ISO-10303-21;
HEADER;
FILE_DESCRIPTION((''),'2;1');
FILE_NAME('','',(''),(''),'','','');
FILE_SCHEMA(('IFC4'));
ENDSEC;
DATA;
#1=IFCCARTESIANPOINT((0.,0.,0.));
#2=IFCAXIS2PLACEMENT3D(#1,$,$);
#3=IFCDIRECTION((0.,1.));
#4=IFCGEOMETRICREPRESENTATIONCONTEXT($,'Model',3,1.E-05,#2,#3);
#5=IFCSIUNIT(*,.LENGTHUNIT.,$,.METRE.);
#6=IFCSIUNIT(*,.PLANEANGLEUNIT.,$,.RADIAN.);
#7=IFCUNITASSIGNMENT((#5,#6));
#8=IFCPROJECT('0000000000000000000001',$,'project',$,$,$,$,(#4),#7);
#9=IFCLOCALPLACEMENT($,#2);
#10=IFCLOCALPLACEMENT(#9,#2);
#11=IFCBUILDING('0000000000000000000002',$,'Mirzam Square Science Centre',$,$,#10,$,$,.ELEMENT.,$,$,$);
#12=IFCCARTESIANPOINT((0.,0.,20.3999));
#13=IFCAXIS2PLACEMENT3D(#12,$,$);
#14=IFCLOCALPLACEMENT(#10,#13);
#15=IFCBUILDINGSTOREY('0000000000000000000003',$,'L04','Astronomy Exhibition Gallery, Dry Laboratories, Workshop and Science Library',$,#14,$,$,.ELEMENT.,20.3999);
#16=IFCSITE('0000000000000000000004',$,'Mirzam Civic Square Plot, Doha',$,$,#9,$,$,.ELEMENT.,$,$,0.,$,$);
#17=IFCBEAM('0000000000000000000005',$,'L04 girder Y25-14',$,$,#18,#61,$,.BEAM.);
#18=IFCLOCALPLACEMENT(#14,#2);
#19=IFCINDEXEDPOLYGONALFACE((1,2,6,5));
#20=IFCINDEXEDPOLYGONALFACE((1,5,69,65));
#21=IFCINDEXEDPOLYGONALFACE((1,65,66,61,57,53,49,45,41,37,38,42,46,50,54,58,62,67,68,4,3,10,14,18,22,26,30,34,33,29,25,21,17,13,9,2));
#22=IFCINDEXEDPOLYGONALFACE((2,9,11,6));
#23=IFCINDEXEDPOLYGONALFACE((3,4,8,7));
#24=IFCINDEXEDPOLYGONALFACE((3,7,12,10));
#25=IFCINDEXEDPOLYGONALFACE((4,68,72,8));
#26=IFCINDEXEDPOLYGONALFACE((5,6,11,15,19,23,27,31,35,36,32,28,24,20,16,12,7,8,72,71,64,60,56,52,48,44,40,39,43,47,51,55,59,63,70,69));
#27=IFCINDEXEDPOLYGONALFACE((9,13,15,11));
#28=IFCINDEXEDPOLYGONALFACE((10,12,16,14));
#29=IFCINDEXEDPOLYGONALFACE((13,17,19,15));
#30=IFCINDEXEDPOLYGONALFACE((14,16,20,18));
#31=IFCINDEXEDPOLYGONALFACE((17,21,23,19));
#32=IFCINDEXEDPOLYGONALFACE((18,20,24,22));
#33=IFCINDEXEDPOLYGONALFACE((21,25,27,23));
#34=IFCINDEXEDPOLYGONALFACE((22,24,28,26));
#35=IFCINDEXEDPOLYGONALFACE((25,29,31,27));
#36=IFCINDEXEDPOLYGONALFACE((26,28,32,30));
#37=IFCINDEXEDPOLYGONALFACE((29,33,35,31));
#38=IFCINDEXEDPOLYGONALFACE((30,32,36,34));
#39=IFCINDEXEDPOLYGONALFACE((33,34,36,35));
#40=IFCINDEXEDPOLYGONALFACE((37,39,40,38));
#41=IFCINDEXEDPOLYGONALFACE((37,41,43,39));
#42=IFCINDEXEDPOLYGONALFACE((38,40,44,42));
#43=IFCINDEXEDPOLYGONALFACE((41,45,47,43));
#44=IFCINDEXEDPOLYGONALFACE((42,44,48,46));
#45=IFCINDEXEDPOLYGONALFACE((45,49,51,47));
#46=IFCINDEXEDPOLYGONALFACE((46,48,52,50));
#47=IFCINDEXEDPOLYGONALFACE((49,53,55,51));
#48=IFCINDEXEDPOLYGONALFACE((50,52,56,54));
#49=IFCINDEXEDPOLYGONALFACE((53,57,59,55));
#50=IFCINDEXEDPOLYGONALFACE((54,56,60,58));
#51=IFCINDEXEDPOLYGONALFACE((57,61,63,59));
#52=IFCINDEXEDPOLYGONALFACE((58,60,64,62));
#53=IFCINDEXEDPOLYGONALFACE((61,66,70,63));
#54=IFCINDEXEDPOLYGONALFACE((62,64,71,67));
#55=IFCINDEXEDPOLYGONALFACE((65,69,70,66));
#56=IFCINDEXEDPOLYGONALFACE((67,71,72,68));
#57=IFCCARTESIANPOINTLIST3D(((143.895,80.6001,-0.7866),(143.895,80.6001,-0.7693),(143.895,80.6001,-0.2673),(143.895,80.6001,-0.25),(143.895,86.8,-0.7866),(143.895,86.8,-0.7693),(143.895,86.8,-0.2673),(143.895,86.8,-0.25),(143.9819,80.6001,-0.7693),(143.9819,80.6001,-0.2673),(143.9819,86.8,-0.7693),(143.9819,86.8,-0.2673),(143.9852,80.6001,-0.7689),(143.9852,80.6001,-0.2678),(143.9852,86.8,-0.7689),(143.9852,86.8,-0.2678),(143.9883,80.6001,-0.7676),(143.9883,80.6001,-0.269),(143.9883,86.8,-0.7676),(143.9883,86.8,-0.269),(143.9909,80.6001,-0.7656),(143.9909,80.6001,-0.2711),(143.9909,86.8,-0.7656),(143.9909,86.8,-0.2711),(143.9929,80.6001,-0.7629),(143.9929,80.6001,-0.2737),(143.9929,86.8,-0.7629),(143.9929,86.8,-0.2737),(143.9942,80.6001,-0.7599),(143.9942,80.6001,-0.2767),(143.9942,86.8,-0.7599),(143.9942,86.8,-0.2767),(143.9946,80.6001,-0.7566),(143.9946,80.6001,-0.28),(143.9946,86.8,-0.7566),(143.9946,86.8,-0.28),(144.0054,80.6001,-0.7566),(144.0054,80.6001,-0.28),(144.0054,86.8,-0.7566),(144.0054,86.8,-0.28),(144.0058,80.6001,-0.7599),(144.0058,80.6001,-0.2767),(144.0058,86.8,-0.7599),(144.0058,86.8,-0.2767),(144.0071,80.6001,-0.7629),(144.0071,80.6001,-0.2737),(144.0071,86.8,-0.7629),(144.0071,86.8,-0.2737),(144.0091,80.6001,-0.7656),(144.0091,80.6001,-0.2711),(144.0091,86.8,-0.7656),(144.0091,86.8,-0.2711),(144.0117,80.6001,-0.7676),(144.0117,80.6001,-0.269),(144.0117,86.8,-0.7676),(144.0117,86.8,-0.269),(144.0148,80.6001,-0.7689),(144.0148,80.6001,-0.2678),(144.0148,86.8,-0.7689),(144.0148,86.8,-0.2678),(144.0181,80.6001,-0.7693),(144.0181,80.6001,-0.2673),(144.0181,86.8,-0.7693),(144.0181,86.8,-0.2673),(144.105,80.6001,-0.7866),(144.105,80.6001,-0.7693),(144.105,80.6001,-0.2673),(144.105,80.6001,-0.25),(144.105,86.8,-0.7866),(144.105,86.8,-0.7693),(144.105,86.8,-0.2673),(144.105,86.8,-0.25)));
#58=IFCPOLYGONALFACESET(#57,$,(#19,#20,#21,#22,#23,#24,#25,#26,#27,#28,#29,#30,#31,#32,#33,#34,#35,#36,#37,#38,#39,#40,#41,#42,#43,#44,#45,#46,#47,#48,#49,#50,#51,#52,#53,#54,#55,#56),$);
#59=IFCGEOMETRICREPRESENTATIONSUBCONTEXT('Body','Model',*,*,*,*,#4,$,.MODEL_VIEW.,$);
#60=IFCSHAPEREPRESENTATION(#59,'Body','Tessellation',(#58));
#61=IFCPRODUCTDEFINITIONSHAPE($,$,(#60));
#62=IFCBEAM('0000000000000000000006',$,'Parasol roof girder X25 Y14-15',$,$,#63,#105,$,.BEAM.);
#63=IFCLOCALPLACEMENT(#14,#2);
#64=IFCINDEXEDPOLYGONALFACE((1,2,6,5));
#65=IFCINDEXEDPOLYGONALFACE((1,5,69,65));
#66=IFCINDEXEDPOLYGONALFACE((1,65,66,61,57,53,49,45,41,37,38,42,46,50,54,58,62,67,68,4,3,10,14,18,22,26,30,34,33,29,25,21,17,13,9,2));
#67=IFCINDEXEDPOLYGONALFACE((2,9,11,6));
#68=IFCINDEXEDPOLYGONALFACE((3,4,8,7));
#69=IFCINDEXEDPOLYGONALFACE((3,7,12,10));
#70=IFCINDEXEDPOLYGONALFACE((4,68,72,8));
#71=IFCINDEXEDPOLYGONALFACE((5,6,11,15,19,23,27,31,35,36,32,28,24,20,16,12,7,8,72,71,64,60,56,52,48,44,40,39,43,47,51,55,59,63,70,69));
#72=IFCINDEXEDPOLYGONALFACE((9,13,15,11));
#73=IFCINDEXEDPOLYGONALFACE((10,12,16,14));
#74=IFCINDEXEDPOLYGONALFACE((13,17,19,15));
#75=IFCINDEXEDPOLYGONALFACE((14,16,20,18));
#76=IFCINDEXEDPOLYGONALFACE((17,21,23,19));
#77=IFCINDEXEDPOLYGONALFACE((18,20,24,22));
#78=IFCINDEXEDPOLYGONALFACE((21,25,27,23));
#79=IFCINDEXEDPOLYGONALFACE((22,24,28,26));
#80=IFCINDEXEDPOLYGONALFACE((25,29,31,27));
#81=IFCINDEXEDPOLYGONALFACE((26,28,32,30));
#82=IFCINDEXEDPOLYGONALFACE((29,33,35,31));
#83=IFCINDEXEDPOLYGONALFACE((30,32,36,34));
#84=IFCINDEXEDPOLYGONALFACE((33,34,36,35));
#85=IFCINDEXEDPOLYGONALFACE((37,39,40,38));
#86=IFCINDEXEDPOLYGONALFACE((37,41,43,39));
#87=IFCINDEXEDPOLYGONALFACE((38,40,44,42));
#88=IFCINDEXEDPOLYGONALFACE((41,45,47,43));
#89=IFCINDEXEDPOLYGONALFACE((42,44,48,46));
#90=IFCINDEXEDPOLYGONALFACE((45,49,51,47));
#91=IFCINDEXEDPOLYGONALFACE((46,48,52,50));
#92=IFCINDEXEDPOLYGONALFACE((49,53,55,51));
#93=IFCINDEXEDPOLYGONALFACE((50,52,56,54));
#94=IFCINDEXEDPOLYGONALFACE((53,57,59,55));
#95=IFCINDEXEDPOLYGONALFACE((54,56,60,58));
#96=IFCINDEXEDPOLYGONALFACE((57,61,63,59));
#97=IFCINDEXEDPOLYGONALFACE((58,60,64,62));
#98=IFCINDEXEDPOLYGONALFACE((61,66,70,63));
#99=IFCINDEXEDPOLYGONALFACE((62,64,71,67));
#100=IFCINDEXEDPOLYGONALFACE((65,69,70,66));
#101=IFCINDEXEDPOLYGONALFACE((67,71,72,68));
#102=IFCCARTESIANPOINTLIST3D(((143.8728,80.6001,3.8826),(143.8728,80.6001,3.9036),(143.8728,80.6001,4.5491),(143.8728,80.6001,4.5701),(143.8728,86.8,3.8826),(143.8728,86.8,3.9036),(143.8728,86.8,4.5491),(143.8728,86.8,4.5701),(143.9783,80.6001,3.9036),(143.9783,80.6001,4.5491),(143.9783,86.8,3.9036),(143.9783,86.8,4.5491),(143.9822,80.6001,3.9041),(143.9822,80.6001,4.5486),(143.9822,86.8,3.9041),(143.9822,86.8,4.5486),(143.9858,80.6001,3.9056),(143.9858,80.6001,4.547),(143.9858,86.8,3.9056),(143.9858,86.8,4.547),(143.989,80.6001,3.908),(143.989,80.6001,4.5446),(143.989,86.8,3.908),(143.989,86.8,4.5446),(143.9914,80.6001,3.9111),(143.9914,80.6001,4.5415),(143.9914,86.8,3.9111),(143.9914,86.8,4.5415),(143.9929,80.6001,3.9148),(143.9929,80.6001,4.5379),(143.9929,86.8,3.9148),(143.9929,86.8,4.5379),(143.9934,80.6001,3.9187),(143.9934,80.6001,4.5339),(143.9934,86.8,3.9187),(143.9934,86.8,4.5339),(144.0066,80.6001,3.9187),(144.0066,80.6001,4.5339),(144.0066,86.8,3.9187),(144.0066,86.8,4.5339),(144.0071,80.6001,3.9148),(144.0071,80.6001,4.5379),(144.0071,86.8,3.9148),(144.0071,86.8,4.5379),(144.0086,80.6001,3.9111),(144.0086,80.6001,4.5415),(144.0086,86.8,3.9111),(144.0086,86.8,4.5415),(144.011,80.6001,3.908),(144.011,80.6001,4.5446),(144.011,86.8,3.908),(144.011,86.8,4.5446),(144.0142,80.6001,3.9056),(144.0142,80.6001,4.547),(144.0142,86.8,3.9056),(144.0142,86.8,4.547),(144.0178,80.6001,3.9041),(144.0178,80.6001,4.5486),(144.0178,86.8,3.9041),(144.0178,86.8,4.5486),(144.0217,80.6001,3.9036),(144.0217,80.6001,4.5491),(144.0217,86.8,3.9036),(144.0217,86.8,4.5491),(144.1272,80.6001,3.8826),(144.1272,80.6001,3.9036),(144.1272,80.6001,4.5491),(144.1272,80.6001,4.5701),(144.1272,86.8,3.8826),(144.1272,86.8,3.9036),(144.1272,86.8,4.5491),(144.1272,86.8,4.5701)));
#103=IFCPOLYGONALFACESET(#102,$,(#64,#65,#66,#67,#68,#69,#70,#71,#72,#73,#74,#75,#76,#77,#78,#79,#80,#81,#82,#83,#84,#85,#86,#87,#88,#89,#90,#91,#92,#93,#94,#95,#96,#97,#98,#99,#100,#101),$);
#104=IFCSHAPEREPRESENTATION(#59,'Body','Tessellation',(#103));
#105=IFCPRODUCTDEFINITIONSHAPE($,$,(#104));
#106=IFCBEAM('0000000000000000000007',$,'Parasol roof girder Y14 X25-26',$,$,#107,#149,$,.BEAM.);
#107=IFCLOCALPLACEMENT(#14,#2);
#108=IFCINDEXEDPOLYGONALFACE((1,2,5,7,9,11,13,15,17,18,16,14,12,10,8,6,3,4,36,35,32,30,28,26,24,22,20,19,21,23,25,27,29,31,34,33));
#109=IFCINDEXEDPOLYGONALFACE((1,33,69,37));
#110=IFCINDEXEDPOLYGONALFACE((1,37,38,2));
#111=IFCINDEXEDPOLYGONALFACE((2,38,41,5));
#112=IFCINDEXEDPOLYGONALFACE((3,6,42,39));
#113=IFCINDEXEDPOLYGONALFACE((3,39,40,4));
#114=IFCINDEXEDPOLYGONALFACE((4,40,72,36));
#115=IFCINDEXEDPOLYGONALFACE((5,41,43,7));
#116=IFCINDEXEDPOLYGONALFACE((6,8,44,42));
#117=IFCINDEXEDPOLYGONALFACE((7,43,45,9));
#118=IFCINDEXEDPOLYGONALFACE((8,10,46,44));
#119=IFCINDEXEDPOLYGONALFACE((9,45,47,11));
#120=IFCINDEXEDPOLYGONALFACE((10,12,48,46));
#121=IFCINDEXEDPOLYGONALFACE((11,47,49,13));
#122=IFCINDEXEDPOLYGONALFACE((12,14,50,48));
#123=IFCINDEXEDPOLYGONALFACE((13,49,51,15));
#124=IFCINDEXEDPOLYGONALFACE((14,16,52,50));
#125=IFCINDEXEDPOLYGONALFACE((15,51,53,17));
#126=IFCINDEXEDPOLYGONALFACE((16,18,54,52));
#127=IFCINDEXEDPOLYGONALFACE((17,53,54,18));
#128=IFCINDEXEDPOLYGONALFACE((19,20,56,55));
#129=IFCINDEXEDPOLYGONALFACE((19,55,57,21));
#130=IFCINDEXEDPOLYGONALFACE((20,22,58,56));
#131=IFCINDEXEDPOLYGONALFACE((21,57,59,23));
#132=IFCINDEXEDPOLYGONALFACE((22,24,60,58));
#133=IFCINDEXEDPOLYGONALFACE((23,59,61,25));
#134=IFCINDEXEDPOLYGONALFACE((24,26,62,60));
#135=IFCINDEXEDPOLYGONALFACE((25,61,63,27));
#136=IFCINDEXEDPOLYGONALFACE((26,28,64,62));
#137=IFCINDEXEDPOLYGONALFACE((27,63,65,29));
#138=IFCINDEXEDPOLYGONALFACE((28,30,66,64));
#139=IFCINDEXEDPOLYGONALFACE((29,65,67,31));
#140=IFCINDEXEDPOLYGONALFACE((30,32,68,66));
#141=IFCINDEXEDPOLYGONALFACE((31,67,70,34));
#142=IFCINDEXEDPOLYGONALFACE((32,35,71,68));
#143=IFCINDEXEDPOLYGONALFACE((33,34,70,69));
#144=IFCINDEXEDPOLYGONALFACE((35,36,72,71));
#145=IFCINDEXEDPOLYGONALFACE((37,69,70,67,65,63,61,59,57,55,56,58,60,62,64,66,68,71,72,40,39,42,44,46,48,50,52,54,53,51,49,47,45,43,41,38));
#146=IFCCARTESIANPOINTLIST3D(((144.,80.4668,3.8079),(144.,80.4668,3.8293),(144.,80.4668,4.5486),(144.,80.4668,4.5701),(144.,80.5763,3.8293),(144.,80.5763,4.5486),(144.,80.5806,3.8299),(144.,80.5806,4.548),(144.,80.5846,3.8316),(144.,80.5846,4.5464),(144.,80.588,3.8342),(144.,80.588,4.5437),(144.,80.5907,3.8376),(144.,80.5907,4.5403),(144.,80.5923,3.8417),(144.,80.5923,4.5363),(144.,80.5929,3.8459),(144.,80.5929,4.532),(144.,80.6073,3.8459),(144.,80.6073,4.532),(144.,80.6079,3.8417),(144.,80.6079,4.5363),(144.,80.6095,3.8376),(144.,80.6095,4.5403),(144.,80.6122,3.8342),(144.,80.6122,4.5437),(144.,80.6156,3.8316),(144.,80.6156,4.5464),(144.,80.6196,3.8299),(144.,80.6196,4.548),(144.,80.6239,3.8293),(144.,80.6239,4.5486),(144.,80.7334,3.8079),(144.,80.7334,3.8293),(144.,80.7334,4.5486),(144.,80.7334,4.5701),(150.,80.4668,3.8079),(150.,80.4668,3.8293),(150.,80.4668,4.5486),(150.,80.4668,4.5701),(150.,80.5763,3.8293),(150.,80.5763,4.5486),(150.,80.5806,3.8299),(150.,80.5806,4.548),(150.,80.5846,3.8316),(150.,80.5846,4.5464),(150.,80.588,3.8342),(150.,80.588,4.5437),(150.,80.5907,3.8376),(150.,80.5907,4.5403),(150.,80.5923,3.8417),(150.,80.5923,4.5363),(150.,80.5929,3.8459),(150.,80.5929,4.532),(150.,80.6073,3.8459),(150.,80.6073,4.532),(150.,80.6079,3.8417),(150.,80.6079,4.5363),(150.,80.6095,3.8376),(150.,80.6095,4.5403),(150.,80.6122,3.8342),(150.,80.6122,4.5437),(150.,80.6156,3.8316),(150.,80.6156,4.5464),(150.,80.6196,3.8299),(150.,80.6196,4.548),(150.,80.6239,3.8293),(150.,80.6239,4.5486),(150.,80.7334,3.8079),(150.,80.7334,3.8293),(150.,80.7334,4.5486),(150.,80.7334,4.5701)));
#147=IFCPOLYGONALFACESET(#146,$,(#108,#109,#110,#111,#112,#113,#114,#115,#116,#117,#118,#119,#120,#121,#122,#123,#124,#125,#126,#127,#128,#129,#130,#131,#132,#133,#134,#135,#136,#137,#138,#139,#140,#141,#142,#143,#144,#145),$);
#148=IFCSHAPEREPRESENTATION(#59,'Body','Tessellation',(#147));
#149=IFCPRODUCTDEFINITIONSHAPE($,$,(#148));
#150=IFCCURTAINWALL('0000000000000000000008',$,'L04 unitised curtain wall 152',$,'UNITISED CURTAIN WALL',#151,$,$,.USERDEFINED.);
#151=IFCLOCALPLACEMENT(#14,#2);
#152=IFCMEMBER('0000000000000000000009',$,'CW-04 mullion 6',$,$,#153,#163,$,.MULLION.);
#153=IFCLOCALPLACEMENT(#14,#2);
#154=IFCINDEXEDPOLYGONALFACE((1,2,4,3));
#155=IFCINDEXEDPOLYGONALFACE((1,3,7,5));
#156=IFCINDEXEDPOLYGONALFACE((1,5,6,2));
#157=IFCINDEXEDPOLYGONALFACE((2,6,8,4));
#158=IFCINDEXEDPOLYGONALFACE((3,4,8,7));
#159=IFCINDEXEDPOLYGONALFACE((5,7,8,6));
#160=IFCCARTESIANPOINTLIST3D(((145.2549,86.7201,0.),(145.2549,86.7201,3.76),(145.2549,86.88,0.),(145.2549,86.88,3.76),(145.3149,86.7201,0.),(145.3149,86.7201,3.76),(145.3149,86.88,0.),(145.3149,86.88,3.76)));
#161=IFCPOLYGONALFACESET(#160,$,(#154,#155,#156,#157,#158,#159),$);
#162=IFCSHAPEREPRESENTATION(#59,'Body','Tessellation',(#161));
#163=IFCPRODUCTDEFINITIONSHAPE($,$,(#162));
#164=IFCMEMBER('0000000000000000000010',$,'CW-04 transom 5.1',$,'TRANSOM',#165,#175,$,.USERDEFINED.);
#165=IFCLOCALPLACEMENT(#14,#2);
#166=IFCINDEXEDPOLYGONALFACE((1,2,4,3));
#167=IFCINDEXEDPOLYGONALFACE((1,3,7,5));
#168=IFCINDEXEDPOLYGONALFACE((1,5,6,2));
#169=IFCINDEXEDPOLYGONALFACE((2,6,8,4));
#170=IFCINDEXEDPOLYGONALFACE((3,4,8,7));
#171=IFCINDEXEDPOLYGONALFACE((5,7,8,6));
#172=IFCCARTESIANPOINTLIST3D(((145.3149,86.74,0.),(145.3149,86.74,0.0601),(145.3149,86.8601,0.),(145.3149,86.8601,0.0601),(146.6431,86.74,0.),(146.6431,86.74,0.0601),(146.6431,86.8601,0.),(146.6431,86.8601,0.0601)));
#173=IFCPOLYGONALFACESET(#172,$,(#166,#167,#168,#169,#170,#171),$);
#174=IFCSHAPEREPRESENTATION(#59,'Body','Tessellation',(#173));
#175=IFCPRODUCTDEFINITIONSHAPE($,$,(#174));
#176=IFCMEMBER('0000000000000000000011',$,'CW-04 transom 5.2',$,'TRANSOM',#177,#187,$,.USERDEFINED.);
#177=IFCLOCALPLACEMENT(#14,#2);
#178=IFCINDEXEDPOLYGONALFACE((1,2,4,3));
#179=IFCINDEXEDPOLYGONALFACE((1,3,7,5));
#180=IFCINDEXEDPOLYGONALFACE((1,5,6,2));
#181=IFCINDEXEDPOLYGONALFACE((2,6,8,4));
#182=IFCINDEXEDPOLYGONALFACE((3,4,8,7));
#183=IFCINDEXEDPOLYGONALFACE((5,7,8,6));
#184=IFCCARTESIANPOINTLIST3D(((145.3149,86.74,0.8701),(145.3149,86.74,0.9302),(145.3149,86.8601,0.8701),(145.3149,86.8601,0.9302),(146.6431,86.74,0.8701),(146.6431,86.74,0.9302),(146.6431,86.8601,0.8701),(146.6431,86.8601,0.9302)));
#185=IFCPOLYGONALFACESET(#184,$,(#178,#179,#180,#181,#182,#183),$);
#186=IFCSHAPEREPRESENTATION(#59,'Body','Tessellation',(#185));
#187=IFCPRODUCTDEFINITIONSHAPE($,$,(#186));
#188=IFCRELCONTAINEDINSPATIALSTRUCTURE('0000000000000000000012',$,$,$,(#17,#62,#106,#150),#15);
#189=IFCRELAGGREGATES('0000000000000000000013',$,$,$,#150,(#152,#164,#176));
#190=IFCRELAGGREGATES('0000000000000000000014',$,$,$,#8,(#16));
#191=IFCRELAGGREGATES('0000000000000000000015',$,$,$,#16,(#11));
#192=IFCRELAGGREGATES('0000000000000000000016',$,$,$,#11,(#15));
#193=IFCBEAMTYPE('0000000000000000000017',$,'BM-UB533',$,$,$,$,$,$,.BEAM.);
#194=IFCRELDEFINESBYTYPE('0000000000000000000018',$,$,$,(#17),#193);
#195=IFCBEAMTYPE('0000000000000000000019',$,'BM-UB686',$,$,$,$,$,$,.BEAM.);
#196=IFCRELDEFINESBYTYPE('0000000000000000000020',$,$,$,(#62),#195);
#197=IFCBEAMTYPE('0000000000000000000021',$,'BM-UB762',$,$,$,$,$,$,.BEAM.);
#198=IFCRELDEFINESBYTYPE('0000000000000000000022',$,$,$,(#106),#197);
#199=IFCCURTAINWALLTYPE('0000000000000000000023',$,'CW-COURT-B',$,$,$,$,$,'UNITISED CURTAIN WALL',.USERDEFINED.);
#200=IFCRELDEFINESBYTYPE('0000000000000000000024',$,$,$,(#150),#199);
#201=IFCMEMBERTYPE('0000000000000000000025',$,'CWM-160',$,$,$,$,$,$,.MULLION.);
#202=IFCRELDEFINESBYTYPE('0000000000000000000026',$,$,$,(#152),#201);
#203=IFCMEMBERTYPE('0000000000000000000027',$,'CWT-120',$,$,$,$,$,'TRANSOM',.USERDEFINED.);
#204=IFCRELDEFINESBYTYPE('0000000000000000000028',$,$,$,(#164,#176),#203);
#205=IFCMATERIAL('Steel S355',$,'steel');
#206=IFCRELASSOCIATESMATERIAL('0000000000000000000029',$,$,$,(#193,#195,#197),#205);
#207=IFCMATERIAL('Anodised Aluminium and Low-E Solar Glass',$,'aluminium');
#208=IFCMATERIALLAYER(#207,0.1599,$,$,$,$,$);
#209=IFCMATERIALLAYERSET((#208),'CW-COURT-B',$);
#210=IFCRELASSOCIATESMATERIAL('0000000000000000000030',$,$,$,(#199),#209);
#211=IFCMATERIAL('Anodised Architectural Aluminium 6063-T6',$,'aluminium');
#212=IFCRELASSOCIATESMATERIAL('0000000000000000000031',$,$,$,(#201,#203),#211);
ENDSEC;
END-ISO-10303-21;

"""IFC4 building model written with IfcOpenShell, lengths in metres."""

from ifc_helpers import new_model, si_unit, direction, frame, origin, origin_2d, place, context, subcontext, project, spatial, rectangle, i_section, extrude, material, layer, layer_set, material_profile, profile_set, type_object, element, aggregate, save


model = new_model("IFC4")

# Units and contexts
model_context = context("Model", 3, precision=1e-05, world=origin(), true_north=direction((0.0, 1.0)))
body_context = subcontext(model_context, "Body", "Model", "MODEL_VIEW")
ifc_project = project(units=[si_unit("LENGTHUNIT", "METRE"), si_unit("PLANEANGLEUNIT", "RADIAN")], contexts=[model_context])

# Site, building, storey
site_placement = place(None, origin())
site = spatial("IfcSite", under=ifc_project, at=site_placement, Name="Mirzam Civic Square Plot, Doha", CompositionType="ELEMENT", RefElevation=0.0)
building_placement = place(site_placement, origin())
building = spatial("IfcBuilding", under=site, at=building_placement, Name="Mirzam Square Science Centre", CompositionType="ELEMENT")
storey_placement = place(building_placement, frame((0.0, 0.0, 20.3999)))
storey = spatial("IfcBuildingStorey", under=building, at=storey_placement, Name="L04", Description="Astronomy Exhibition Gallery, Dry Laboratories, Workshop and Science Library", CompositionType="ELEMENT", Elevation=20.3999)

# Shared definitions
ifc_material_1 = material(Name="Steel S355", Category="steel")

# Beams
ifc_material_profile_1 = material_profile(ifc_material_1, i_section(OverallWidth=0.21, OverallDepth=0.5366, WebThickness=0.0107, FlangeThickness=0.0173, FilletRadius=0.0127, at=origin_2d()), Name="533x210x101UB")
ifc_profile_set_1 = profile_set([ifc_material_profile_1], Name="Steel S355")
beam_type_1 = type_object("IfcBeamType", Name="BM-UB533", PredefinedType="BEAM", material=ifc_profile_set_1)
beam_1_placement = place(storey_placement, frame((144.0, 80.6001, -0.5183), z_axis=(0.0, 1.0, 0.0), x_axis=(-1.0, 0.0, 0.0)))
element("IfcBeam", 1, at=beam_1_placement, inside=storey, type_object=beam_type_1, Name="L04 girder Y25-14", PredefinedType="BEAM", context=body_context, shape_type="SweptSolid", body=[
    extrude(i_section(OverallWidth=0.21, OverallDepth=0.5366, WebThickness=0.0107, FlangeThickness=0.0173, FilletRadius=0.0127, at=origin_2d()), origin(), (0.0, 0.0, 1.0), 6.2),
])
ifc_material_profile_2 = material_profile(ifc_material_1, i_section(OverallWidth=0.2544, OverallDepth=0.6875, WebThickness=0.0132, FlangeThickness=0.021, FilletRadius=0.0151, at=origin_2d()), Name="686x254x152UB")
ifc_profile_set_2 = profile_set([ifc_material_profile_2], Name="Steel S355")
beam_type_2 = type_object("IfcBeamType", Name="BM-UB686", PredefinedType="BEAM", material=ifc_profile_set_2)
beam_2_placement = place(storey_placement, frame((144.0, 80.6001, 4.2263), z_axis=(0.0, 1.0, 0.0), x_axis=(-1.0, 0.0, 0.0)))
element("IfcBeam", 2, at=beam_2_placement, inside=storey, type_object=beam_type_2, Name="Parasol roof girder X25 Y14-15", PredefinedType="BEAM", context=body_context, shape_type="SweptSolid", body=[
    extrude(i_section(OverallWidth=0.2544, OverallDepth=0.6875, WebThickness=0.0132, FlangeThickness=0.021, FilletRadius=0.0151, at=origin_2d()), origin(), (0.0, 0.0, 1.0), 6.2),
])
ifc_material_profile_3 = material_profile(ifc_material_1, i_section(OverallWidth=0.2666, OverallDepth=0.7622, WebThickness=0.0144, FlangeThickness=0.0215, FilletRadius=0.0166, at=origin_2d()), Name="762x267x173UB")
ifc_profile_set_3 = profile_set([ifc_material_profile_3], Name="Steel S355")
beam_type_3 = type_object("IfcBeamType", Name="BM-UB762", PredefinedType="BEAM", material=ifc_profile_set_3)
beam_3_placement = place(storey_placement, frame((144.0, 80.6001, 4.189), z_axis=(1.0, 0.0, 0.0), x_axis=(0.0, 1.0, 0.0)))
element("IfcBeam", 3, at=beam_3_placement, inside=storey, type_object=beam_type_3, Name="Parasol roof girder Y14 X25-26", PredefinedType="BEAM", context=body_context, shape_type="SweptSolid", body=[
    extrude(i_section(OverallWidth=0.2666, OverallDepth=0.7622, WebThickness=0.0144, FlangeThickness=0.0215, FilletRadius=0.0166, at=origin_2d()), origin(), (0.0, 0.0, 1.0), 6.0),
])

# Curtain wall, members
ifc_material_2 = material(Name="Anodised Aluminium and Low-E Solar Glass", Category="aluminium")
ifc_layer_1 = layer(ifc_material_2, 0.1599)
ifc_layer_set_1 = layer_set([ifc_layer_1], Name="CW-COURT-B")
curtain_wall_type = type_object("IfcCurtainWallType", Name="CW-COURT-B", ElementType="UNITISED CURTAIN WALL", PredefinedType="USERDEFINED", material=ifc_layer_set_1)
curtain_wall_placement = place(storey_placement, origin())
curtain_wall = element("IfcCurtainWall", 4, at=curtain_wall_placement, inside=storey, type_object=curtain_wall_type, Name="L04 unitised curtain wall 152", ObjectType="UNITISED CURTAIN WALL", PredefinedType="USERDEFINED")
ifc_material_3 = material(Name="Anodised Architectural Aluminium 6063-T6", Category="aluminium")
ifc_material_profile_4 = material_profile(ifc_material_3, rectangle(XDim=0.0601, YDim=0.1599, at=origin_2d()), Name="ALU-MULL-160x60x4")
ifc_profile_set_4 = profile_set([ifc_material_profile_4], Name="Anodised Architectural Aluminium 6063-T6")
member_type_1 = type_object("IfcMemberType", Name="CWM-160", PredefinedType="MULLION", material=ifc_profile_set_4)
member_1_placement = place(storey_placement, frame((145.2849, 86.8, 0.0), z_axis=(0.0, 0.0, 1.0), x_axis=(-1.0, 0.0, 0.0)))
member_1 = element("IfcMember", 5, at=member_1_placement, type_object=member_type_1, Name="CW-04 mullion 6", PredefinedType="MULLION", context=body_context, shape_type="SweptSolid", body=[
    extrude(rectangle(XDim=0.0601, YDim=0.1599, at=origin_2d()), origin(), (0.0, 0.0, 1.0), 3.76),
])
ifc_material_profile_5 = material_profile(ifc_material_3, rectangle(XDim=0.1201, YDim=0.0601, at=origin_2d()), Name="ALU-TRAN-120x60x4")
ifc_profile_set_5 = profile_set([ifc_material_profile_5], Name="Anodised Architectural Aluminium 6063-T6")
member_type_2 = type_object("IfcMemberType", Name="CWT-120", ElementType="TRANSOM", PredefinedType="USERDEFINED", material=ifc_profile_set_5)
member_2_placement = place(storey_placement, frame((146.6431, 86.8, 0.03), z_axis=(-1.0, 0.0, 0.0), x_axis=(0.0, -1.0, 0.0)))
member_2 = element("IfcMember", 6, at=member_2_placement, type_object=member_type_2, Name="CW-04 transom 5.1", ObjectType="TRANSOM", PredefinedType="USERDEFINED", context=body_context, shape_type="SweptSolid", body=[
    extrude(rectangle(XDim=0.1201, YDim=0.0601, at=origin_2d()), origin(), (0.0, 0.0, 1.0), 1.3281),
])
member_3_placement = place(storey_placement, frame((146.6431, 86.8, 0.9001), z_axis=(-1.0, 0.0, 0.0), x_axis=(0.0, -1.0, 0.0)))
member_3 = element("IfcMember", 7, at=member_3_placement, type_object=member_type_2, Name="CW-04 transom 5.2", ObjectType="TRANSOM", PredefinedType="USERDEFINED", context=body_context, shape_type="SweptSolid", body=[
    extrude(rectangle(XDim=0.1201, YDim=0.0601, at=origin_2d()), origin(), (0.0, 0.0, 1.0), 1.3281),
])

aggregate(curtain_wall, [member_1, member_2, member_3])

save(model, "model.ifc")
